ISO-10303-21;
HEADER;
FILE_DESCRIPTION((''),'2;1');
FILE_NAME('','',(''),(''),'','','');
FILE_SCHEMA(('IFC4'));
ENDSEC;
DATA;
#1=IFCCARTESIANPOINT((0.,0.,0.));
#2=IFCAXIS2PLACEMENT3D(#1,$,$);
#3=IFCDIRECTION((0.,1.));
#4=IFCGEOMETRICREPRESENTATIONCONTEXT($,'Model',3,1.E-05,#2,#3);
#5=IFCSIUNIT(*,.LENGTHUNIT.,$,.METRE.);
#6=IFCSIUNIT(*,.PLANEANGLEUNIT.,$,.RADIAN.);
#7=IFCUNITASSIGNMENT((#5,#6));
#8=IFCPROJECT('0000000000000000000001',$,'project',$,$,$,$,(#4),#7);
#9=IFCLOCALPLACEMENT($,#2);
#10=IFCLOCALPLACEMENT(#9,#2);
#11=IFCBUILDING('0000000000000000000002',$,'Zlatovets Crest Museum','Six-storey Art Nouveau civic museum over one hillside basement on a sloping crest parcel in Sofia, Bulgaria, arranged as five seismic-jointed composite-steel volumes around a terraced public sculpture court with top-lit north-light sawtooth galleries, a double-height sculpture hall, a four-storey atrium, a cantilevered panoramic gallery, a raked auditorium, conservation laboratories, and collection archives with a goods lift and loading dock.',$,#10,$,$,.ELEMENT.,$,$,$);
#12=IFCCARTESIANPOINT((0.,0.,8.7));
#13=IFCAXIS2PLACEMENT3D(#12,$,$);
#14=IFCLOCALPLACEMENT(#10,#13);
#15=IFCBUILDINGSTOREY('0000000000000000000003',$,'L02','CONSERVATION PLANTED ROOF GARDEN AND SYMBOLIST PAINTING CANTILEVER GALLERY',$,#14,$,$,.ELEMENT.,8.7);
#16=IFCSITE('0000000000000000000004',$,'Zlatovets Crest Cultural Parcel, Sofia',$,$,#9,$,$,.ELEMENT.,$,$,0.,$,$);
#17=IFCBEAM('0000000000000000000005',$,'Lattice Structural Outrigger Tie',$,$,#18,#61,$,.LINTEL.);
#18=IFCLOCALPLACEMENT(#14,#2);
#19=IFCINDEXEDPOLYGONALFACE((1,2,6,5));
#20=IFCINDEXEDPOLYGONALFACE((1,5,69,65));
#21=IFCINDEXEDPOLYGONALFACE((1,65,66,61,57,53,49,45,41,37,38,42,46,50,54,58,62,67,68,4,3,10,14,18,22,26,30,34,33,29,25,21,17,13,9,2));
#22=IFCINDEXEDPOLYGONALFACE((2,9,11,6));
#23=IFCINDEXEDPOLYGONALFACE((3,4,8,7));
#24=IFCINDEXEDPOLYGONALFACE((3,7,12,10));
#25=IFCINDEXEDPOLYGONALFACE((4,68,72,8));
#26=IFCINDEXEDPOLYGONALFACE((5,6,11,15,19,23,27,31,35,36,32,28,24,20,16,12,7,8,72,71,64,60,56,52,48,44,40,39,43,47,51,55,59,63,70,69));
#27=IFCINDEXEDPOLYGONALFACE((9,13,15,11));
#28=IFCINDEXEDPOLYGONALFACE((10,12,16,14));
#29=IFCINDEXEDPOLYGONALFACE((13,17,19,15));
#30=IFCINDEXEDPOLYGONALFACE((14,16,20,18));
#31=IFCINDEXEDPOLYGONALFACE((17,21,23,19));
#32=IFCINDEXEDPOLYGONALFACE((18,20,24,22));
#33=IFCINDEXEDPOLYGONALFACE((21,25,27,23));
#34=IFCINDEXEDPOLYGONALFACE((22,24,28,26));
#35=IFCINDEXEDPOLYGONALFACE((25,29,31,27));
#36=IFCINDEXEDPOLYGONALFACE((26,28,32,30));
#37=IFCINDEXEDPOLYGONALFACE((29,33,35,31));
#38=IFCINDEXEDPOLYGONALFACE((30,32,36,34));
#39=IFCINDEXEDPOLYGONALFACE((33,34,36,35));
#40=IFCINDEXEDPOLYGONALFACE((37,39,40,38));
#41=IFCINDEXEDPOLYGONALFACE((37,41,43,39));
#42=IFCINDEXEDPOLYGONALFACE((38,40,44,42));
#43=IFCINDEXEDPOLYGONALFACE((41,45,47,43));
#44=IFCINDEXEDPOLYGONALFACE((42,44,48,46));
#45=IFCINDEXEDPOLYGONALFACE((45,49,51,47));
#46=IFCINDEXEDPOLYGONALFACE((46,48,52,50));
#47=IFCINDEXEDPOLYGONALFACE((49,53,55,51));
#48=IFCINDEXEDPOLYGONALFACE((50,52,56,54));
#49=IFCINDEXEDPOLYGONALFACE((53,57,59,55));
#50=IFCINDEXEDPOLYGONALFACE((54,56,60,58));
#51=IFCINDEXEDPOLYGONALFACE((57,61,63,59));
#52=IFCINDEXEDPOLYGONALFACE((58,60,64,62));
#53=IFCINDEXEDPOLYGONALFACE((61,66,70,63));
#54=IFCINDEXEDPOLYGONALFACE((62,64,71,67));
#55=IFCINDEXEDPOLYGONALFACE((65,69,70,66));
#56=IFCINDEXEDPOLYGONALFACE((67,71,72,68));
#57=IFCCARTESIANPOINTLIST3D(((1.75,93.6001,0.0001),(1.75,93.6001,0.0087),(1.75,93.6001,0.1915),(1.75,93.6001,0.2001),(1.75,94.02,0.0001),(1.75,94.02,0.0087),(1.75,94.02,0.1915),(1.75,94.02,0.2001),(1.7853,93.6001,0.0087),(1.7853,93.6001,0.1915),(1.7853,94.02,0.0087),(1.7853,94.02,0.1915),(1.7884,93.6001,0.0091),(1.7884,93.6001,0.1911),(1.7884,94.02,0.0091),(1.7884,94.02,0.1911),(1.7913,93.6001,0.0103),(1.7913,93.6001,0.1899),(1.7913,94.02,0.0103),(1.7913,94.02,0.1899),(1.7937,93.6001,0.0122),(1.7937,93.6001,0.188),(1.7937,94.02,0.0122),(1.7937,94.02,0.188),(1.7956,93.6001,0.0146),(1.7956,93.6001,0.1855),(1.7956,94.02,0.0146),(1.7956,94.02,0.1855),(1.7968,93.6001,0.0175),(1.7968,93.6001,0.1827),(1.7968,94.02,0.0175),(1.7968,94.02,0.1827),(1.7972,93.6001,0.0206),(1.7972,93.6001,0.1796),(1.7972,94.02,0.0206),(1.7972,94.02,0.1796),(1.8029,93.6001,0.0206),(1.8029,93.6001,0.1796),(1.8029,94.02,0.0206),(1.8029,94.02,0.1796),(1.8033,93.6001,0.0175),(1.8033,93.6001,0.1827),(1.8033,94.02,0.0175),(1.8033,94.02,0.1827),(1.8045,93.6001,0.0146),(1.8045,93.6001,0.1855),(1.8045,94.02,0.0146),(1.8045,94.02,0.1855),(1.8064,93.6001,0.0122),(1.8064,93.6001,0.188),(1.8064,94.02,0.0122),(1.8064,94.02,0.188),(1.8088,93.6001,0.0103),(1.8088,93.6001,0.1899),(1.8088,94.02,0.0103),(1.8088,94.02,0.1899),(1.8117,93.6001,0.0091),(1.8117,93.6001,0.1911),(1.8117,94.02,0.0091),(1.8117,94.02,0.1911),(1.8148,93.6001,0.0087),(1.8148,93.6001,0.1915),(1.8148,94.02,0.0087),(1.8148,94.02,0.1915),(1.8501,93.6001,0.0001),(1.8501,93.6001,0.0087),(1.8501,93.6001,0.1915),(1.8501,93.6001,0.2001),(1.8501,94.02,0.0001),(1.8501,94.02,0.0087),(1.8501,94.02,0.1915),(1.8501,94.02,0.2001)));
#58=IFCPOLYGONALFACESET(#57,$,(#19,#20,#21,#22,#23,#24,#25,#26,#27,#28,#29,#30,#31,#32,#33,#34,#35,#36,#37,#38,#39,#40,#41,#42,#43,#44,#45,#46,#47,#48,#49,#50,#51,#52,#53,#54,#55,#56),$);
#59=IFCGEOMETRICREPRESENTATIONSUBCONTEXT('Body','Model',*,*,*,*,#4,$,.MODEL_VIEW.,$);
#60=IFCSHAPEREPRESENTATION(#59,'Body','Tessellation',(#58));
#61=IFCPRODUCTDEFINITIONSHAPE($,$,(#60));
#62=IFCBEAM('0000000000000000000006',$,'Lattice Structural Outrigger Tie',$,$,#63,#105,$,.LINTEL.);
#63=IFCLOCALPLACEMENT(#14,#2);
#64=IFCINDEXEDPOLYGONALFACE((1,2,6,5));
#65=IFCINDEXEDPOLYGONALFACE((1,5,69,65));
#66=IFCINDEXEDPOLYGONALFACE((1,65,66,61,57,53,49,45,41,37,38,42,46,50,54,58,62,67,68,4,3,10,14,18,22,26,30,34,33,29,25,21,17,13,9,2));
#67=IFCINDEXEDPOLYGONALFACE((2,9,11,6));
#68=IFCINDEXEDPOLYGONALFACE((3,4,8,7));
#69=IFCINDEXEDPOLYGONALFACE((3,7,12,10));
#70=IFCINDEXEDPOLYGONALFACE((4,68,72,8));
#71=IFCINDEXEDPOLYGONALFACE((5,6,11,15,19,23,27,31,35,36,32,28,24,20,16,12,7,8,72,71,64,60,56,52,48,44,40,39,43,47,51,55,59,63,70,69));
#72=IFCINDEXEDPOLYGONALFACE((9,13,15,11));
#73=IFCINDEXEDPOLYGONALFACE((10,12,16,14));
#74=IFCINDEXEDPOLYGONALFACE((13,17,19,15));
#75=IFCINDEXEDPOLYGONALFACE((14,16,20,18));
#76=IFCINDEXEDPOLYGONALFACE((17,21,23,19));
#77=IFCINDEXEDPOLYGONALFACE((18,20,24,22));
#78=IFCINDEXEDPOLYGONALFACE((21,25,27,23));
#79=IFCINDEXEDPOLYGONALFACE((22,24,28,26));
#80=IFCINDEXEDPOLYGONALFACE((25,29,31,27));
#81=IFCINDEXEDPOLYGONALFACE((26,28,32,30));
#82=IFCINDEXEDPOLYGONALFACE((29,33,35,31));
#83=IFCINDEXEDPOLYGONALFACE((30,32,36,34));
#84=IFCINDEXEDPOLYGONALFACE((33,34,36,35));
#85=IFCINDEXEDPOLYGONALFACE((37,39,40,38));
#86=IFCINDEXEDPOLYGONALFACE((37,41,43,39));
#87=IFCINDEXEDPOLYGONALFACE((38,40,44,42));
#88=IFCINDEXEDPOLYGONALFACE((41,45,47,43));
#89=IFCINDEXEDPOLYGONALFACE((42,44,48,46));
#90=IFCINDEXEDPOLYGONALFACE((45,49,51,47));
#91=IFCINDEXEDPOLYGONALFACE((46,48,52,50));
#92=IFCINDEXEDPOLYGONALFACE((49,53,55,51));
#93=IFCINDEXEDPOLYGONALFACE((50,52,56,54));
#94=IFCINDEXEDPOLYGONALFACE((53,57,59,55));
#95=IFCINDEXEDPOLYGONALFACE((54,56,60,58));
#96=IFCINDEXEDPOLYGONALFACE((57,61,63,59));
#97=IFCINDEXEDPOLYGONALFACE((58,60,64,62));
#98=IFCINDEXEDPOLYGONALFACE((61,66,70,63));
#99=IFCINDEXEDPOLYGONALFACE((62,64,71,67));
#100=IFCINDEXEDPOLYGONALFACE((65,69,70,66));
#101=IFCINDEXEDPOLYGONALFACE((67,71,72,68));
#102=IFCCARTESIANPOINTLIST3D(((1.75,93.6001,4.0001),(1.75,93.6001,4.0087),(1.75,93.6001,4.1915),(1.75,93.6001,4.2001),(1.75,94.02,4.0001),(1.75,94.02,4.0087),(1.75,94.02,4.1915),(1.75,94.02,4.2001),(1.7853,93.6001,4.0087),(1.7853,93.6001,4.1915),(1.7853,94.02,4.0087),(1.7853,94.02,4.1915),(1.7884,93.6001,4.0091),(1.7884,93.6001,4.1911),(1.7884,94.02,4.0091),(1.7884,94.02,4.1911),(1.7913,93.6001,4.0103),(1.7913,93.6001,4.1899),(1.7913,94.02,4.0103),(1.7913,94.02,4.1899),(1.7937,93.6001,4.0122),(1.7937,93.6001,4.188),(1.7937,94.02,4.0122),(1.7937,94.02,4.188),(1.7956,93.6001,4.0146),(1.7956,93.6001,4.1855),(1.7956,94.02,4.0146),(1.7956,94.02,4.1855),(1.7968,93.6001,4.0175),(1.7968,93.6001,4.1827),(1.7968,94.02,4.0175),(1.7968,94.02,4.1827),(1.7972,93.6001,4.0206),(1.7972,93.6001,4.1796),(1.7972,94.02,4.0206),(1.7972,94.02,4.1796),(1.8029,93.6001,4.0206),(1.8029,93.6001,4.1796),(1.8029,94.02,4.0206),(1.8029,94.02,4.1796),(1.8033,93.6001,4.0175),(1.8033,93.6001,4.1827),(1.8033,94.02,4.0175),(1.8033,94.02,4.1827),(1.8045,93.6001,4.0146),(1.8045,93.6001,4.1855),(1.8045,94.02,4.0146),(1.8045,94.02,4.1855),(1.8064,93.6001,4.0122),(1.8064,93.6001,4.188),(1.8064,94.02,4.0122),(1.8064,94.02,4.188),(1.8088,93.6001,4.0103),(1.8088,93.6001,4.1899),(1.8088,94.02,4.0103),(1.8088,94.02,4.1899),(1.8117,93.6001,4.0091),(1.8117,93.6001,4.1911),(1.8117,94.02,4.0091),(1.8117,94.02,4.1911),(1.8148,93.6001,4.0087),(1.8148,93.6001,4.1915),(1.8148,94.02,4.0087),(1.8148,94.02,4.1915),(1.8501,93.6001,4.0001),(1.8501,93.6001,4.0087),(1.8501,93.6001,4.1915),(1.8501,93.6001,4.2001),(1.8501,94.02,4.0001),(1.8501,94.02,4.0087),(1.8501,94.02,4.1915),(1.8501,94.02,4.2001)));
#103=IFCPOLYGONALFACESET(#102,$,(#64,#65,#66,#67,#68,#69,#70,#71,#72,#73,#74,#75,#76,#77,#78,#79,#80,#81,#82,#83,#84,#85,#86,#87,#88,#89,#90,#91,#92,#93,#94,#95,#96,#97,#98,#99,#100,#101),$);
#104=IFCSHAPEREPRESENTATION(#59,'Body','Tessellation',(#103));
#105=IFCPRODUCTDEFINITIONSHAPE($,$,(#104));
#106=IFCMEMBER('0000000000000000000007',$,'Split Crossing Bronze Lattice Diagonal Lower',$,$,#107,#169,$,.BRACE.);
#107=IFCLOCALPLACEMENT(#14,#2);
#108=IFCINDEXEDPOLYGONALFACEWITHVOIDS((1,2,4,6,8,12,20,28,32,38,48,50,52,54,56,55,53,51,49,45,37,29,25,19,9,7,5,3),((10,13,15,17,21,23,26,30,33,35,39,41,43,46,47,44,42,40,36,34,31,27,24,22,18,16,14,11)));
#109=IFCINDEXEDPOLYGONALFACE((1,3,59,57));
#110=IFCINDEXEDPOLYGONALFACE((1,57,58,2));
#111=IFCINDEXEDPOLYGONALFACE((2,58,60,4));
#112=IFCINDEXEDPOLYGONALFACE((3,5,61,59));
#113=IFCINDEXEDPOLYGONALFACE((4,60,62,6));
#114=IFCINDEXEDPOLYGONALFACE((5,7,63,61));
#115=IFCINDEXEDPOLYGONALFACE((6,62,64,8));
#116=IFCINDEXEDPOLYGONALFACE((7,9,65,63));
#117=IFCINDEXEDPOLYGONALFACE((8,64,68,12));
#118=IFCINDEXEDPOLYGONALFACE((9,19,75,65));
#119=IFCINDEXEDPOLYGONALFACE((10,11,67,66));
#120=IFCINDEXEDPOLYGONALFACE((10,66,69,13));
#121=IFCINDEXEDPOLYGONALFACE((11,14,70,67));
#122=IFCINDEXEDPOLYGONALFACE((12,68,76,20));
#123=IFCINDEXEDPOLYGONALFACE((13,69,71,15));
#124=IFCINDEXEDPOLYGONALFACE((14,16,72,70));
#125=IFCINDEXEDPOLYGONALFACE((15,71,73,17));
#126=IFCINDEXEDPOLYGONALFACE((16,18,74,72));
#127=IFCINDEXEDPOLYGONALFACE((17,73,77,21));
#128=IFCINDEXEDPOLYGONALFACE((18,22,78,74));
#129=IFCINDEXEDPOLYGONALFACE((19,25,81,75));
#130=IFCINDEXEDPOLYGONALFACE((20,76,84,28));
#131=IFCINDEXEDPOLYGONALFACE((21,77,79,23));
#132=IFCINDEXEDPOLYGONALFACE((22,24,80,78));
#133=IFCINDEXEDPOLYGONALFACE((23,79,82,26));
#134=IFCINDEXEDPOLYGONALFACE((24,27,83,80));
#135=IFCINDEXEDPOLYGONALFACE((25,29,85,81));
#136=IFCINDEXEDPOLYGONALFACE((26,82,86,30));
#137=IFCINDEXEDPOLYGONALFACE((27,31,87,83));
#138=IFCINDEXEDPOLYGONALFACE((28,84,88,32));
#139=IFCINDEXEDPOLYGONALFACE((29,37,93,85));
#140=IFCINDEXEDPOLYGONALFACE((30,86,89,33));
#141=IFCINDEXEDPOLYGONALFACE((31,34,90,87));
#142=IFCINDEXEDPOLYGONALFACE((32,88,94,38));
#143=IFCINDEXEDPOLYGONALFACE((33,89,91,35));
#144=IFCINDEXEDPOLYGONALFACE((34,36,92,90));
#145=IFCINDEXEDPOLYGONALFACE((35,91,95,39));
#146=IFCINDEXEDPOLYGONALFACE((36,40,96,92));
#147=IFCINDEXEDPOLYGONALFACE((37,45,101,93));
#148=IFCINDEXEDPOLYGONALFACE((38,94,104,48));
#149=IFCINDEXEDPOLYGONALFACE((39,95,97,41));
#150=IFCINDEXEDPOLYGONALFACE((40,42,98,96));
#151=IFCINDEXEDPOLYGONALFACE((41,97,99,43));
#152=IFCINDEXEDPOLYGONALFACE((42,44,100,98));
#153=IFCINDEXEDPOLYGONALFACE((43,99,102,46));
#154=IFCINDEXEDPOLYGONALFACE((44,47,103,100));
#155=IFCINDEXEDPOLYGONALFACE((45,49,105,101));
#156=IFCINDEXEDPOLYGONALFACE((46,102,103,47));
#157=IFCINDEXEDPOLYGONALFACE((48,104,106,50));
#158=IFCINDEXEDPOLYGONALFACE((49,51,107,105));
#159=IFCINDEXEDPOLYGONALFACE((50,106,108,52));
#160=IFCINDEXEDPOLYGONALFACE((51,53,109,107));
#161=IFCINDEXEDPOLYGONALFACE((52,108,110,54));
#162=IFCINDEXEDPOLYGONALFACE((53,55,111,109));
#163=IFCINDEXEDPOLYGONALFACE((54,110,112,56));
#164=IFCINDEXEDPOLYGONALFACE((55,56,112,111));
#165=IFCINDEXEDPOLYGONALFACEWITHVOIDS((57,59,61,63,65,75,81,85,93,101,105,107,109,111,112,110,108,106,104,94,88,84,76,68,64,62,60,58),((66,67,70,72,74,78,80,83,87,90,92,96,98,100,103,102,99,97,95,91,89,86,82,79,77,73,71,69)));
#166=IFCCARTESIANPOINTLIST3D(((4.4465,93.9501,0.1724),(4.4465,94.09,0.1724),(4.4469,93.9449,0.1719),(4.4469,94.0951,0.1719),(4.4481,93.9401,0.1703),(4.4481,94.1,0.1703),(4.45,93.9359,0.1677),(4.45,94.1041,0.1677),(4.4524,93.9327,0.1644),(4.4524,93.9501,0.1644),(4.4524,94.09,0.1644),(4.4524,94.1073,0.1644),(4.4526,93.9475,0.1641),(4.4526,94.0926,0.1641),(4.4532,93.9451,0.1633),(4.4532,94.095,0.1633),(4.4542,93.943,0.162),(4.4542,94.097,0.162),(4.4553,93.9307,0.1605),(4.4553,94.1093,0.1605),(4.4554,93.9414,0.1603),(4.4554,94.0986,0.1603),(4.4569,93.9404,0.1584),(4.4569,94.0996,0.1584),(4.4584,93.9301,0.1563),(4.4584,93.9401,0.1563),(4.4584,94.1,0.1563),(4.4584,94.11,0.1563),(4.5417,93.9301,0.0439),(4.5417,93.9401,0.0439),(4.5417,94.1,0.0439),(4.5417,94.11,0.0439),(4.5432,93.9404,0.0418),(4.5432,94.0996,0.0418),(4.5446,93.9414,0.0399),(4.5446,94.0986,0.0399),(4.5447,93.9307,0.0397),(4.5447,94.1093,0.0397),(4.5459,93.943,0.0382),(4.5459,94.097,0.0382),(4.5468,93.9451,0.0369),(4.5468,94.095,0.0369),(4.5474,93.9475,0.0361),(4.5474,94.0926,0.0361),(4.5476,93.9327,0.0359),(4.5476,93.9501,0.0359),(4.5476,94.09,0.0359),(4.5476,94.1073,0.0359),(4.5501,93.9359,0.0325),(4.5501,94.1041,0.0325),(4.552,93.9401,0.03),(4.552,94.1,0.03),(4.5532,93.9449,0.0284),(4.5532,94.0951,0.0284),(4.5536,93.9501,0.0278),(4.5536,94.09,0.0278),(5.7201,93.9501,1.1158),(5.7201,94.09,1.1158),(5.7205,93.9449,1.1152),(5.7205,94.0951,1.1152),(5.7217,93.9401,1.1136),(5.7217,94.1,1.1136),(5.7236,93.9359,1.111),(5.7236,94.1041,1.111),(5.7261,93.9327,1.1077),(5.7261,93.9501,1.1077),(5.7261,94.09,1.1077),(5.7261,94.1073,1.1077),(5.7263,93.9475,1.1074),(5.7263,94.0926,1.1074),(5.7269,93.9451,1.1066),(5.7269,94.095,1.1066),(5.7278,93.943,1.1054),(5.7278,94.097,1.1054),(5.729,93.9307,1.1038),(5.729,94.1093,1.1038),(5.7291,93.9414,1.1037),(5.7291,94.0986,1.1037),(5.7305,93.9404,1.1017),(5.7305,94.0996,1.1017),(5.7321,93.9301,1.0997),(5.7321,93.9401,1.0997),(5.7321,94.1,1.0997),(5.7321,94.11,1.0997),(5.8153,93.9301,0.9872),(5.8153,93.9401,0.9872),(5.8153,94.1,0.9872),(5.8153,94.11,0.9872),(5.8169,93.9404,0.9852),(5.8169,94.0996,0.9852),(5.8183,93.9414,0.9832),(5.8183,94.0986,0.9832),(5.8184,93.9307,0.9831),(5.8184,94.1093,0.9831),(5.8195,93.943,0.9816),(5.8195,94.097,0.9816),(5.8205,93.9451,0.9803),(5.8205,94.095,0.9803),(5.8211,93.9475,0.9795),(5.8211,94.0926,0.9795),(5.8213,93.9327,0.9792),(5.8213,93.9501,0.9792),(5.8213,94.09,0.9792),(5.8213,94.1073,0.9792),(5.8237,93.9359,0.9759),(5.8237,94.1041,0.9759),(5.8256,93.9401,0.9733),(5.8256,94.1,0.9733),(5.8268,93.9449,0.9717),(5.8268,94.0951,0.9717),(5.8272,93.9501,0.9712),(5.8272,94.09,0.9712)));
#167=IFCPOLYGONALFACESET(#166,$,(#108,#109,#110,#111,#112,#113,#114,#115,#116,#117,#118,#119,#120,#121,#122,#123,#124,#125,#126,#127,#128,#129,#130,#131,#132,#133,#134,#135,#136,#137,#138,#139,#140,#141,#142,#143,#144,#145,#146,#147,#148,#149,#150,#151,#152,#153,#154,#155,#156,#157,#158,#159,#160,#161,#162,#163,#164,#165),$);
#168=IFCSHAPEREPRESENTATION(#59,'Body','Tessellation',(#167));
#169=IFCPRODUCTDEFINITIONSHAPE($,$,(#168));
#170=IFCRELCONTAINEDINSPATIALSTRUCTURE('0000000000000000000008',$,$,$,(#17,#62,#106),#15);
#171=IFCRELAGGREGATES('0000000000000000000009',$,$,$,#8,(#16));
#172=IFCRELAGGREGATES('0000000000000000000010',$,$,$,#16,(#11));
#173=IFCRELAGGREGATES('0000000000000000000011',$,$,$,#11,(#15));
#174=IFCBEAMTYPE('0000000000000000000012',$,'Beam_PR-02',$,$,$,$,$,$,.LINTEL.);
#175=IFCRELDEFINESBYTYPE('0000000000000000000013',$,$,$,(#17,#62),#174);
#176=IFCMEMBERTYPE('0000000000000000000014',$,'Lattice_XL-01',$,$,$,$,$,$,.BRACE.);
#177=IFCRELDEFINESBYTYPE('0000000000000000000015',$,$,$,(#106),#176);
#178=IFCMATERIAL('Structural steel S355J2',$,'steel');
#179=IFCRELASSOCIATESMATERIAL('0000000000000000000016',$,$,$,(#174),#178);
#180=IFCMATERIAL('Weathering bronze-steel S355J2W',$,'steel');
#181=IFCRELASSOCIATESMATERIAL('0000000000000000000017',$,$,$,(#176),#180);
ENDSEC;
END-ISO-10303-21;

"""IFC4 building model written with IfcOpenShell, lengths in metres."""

from ifc_helpers import new_model, si_unit, direction, frame, origin, origin_2d, place, context, subcontext, project, spatial, hollow_rectangle, i_section, extrude, material, material_profile, profile_set, type_object, element, save


model = new_model("IFC4")

# Units and contexts
model_context = context("Model", 3, precision=1e-05, world=origin(), true_north=direction((0.0, 1.0)))
body_context = subcontext(model_context, "Body", "Model", "MODEL_VIEW")
ifc_project = project(units=[si_unit("LENGTHUNIT", "METRE"), si_unit("PLANEANGLEUNIT", "RADIAN")], contexts=[model_context])

# Site, building, storey
site_placement = place(None, origin())
site = spatial("IfcSite", under=ifc_project, at=site_placement, Name="Zlatovets Crest Cultural Parcel, Sofia", CompositionType="ELEMENT", RefElevation=0.0)
building_placement = place(site_placement, origin())
building = spatial("IfcBuilding", under=site, at=building_placement, Name="Zlatovets Crest Museum", Description="Six-storey Art Nouveau civic museum over one hillside basement on a sloping crest parcel in Sofia, Bulgaria, arranged as five seismic-jointed composite-steel volumes around a terraced public sculpture court with top-lit north-light sawtooth galleries, a double-height sculpture hall, a four-storey atrium, a cantilevered panoramic gallery, a raked auditorium, conservation laboratories, and collection archives with a goods lift and loading dock.", CompositionType="ELEMENT")
storey_placement = place(building_placement, frame((0.0, 0.0, 8.7)))
storey = spatial("IfcBuildingStorey", under=building, at=storey_placement, Name="L02", Description="CONSERVATION PLANTED ROOF GARDEN AND SYMBOLIST PAINTING CANTILEVER GALLERY", CompositionType="ELEMENT", Elevation=8.7)

# Beams
ifc_material_1 = material(Name="Structural steel S355J2", Category="steel")
ifc_material_profile_1 = material_profile(ifc_material_1, i_section(OverallWidth=0.1001, OverallDepth=0.2, WebThickness=0.0056, FlangeThickness=0.0085, FilletRadius=0.012, at=origin_2d()), Name="IPE 200")
ifc_profile_set_1 = profile_set([ifc_material_profile_1], Name="Structural steel S355J2")
beam_type = type_object("IfcBeamType", Name="Beam_PR-02", PredefinedType="LINTEL", material=ifc_profile_set_1)
for number, where, z_axis, x_axis, name in (
    (1, (1.8, 93.6001, 0.1001), (0.0, 1.0, 0.0), (-1.0, 0.0, 0.0), "Lattice Structural Outrigger Tie"),
    (2, (1.8, 93.6001, 4.1001), (0.0, 1.0, 0.0), (-1.0, 0.0, 0.0), "Lattice Structural Outrigger Tie"),
):
    element("IfcBeam", number, at=place(storey_placement, frame(where, z_axis=z_axis, x_axis=x_axis)), inside=storey, type_object=beam_type, Name=name, PredefinedType="LINTEL", context=body_context, shape_type="SweptSolid", body=[
        extrude(i_section(OverallWidth=0.1001, OverallDepth=0.2, WebThickness=0.0056, FlangeThickness=0.0085, FilletRadius=0.012, at=origin_2d()), origin(), (0.0, 0.0, 1.0), 0.4199),
    ])

# Member
ifc_material_2 = material(Name="Weathering bronze-steel S355J2W", Category="steel")
ifc_material_profile_2 = material_profile(ifc_material_2, hollow_rectangle(XDim=0.1799, YDim=0.1799, WallThickness=0.01, InnerFilletRadius=0.01, OuterFilletRadius=0.02, at=origin_2d()), Name="SHS 180x180x10.0")
ifc_profile_set_2 = profile_set([ifc_material_profile_2], Name="Weathering bronze-steel S355J2W")
member_type_1 = type_object("IfcMemberType", Name="Lattice_XL-01", PredefinedType="BRACE", material=ifc_profile_set_2)
member_1_placement = place(storey_placement, frame((5.7737, 94.02, 1.0435), z_axis=(-0.80359, 0.0, -0.595183), x_axis=(0.0, -1.0, 0.0)))
element("IfcMember", 3, at=member_1_placement, inside=storey, type_object=member_type_1, Name="Split Crossing Bronze Lattice Diagonal Lower", PredefinedType="BRACE", context=body_context, shape_type="SweptSolid", body=[
    extrude(hollow_rectangle(XDim=0.1799, YDim=0.1799, WallThickness=0.01, InnerFilletRadius=0.01, OuterFilletRadius=0.02, at=origin_2d()), origin(), (0.0, 0.0, 1.0), 1.585),
])

save(model, "model.ifc")
